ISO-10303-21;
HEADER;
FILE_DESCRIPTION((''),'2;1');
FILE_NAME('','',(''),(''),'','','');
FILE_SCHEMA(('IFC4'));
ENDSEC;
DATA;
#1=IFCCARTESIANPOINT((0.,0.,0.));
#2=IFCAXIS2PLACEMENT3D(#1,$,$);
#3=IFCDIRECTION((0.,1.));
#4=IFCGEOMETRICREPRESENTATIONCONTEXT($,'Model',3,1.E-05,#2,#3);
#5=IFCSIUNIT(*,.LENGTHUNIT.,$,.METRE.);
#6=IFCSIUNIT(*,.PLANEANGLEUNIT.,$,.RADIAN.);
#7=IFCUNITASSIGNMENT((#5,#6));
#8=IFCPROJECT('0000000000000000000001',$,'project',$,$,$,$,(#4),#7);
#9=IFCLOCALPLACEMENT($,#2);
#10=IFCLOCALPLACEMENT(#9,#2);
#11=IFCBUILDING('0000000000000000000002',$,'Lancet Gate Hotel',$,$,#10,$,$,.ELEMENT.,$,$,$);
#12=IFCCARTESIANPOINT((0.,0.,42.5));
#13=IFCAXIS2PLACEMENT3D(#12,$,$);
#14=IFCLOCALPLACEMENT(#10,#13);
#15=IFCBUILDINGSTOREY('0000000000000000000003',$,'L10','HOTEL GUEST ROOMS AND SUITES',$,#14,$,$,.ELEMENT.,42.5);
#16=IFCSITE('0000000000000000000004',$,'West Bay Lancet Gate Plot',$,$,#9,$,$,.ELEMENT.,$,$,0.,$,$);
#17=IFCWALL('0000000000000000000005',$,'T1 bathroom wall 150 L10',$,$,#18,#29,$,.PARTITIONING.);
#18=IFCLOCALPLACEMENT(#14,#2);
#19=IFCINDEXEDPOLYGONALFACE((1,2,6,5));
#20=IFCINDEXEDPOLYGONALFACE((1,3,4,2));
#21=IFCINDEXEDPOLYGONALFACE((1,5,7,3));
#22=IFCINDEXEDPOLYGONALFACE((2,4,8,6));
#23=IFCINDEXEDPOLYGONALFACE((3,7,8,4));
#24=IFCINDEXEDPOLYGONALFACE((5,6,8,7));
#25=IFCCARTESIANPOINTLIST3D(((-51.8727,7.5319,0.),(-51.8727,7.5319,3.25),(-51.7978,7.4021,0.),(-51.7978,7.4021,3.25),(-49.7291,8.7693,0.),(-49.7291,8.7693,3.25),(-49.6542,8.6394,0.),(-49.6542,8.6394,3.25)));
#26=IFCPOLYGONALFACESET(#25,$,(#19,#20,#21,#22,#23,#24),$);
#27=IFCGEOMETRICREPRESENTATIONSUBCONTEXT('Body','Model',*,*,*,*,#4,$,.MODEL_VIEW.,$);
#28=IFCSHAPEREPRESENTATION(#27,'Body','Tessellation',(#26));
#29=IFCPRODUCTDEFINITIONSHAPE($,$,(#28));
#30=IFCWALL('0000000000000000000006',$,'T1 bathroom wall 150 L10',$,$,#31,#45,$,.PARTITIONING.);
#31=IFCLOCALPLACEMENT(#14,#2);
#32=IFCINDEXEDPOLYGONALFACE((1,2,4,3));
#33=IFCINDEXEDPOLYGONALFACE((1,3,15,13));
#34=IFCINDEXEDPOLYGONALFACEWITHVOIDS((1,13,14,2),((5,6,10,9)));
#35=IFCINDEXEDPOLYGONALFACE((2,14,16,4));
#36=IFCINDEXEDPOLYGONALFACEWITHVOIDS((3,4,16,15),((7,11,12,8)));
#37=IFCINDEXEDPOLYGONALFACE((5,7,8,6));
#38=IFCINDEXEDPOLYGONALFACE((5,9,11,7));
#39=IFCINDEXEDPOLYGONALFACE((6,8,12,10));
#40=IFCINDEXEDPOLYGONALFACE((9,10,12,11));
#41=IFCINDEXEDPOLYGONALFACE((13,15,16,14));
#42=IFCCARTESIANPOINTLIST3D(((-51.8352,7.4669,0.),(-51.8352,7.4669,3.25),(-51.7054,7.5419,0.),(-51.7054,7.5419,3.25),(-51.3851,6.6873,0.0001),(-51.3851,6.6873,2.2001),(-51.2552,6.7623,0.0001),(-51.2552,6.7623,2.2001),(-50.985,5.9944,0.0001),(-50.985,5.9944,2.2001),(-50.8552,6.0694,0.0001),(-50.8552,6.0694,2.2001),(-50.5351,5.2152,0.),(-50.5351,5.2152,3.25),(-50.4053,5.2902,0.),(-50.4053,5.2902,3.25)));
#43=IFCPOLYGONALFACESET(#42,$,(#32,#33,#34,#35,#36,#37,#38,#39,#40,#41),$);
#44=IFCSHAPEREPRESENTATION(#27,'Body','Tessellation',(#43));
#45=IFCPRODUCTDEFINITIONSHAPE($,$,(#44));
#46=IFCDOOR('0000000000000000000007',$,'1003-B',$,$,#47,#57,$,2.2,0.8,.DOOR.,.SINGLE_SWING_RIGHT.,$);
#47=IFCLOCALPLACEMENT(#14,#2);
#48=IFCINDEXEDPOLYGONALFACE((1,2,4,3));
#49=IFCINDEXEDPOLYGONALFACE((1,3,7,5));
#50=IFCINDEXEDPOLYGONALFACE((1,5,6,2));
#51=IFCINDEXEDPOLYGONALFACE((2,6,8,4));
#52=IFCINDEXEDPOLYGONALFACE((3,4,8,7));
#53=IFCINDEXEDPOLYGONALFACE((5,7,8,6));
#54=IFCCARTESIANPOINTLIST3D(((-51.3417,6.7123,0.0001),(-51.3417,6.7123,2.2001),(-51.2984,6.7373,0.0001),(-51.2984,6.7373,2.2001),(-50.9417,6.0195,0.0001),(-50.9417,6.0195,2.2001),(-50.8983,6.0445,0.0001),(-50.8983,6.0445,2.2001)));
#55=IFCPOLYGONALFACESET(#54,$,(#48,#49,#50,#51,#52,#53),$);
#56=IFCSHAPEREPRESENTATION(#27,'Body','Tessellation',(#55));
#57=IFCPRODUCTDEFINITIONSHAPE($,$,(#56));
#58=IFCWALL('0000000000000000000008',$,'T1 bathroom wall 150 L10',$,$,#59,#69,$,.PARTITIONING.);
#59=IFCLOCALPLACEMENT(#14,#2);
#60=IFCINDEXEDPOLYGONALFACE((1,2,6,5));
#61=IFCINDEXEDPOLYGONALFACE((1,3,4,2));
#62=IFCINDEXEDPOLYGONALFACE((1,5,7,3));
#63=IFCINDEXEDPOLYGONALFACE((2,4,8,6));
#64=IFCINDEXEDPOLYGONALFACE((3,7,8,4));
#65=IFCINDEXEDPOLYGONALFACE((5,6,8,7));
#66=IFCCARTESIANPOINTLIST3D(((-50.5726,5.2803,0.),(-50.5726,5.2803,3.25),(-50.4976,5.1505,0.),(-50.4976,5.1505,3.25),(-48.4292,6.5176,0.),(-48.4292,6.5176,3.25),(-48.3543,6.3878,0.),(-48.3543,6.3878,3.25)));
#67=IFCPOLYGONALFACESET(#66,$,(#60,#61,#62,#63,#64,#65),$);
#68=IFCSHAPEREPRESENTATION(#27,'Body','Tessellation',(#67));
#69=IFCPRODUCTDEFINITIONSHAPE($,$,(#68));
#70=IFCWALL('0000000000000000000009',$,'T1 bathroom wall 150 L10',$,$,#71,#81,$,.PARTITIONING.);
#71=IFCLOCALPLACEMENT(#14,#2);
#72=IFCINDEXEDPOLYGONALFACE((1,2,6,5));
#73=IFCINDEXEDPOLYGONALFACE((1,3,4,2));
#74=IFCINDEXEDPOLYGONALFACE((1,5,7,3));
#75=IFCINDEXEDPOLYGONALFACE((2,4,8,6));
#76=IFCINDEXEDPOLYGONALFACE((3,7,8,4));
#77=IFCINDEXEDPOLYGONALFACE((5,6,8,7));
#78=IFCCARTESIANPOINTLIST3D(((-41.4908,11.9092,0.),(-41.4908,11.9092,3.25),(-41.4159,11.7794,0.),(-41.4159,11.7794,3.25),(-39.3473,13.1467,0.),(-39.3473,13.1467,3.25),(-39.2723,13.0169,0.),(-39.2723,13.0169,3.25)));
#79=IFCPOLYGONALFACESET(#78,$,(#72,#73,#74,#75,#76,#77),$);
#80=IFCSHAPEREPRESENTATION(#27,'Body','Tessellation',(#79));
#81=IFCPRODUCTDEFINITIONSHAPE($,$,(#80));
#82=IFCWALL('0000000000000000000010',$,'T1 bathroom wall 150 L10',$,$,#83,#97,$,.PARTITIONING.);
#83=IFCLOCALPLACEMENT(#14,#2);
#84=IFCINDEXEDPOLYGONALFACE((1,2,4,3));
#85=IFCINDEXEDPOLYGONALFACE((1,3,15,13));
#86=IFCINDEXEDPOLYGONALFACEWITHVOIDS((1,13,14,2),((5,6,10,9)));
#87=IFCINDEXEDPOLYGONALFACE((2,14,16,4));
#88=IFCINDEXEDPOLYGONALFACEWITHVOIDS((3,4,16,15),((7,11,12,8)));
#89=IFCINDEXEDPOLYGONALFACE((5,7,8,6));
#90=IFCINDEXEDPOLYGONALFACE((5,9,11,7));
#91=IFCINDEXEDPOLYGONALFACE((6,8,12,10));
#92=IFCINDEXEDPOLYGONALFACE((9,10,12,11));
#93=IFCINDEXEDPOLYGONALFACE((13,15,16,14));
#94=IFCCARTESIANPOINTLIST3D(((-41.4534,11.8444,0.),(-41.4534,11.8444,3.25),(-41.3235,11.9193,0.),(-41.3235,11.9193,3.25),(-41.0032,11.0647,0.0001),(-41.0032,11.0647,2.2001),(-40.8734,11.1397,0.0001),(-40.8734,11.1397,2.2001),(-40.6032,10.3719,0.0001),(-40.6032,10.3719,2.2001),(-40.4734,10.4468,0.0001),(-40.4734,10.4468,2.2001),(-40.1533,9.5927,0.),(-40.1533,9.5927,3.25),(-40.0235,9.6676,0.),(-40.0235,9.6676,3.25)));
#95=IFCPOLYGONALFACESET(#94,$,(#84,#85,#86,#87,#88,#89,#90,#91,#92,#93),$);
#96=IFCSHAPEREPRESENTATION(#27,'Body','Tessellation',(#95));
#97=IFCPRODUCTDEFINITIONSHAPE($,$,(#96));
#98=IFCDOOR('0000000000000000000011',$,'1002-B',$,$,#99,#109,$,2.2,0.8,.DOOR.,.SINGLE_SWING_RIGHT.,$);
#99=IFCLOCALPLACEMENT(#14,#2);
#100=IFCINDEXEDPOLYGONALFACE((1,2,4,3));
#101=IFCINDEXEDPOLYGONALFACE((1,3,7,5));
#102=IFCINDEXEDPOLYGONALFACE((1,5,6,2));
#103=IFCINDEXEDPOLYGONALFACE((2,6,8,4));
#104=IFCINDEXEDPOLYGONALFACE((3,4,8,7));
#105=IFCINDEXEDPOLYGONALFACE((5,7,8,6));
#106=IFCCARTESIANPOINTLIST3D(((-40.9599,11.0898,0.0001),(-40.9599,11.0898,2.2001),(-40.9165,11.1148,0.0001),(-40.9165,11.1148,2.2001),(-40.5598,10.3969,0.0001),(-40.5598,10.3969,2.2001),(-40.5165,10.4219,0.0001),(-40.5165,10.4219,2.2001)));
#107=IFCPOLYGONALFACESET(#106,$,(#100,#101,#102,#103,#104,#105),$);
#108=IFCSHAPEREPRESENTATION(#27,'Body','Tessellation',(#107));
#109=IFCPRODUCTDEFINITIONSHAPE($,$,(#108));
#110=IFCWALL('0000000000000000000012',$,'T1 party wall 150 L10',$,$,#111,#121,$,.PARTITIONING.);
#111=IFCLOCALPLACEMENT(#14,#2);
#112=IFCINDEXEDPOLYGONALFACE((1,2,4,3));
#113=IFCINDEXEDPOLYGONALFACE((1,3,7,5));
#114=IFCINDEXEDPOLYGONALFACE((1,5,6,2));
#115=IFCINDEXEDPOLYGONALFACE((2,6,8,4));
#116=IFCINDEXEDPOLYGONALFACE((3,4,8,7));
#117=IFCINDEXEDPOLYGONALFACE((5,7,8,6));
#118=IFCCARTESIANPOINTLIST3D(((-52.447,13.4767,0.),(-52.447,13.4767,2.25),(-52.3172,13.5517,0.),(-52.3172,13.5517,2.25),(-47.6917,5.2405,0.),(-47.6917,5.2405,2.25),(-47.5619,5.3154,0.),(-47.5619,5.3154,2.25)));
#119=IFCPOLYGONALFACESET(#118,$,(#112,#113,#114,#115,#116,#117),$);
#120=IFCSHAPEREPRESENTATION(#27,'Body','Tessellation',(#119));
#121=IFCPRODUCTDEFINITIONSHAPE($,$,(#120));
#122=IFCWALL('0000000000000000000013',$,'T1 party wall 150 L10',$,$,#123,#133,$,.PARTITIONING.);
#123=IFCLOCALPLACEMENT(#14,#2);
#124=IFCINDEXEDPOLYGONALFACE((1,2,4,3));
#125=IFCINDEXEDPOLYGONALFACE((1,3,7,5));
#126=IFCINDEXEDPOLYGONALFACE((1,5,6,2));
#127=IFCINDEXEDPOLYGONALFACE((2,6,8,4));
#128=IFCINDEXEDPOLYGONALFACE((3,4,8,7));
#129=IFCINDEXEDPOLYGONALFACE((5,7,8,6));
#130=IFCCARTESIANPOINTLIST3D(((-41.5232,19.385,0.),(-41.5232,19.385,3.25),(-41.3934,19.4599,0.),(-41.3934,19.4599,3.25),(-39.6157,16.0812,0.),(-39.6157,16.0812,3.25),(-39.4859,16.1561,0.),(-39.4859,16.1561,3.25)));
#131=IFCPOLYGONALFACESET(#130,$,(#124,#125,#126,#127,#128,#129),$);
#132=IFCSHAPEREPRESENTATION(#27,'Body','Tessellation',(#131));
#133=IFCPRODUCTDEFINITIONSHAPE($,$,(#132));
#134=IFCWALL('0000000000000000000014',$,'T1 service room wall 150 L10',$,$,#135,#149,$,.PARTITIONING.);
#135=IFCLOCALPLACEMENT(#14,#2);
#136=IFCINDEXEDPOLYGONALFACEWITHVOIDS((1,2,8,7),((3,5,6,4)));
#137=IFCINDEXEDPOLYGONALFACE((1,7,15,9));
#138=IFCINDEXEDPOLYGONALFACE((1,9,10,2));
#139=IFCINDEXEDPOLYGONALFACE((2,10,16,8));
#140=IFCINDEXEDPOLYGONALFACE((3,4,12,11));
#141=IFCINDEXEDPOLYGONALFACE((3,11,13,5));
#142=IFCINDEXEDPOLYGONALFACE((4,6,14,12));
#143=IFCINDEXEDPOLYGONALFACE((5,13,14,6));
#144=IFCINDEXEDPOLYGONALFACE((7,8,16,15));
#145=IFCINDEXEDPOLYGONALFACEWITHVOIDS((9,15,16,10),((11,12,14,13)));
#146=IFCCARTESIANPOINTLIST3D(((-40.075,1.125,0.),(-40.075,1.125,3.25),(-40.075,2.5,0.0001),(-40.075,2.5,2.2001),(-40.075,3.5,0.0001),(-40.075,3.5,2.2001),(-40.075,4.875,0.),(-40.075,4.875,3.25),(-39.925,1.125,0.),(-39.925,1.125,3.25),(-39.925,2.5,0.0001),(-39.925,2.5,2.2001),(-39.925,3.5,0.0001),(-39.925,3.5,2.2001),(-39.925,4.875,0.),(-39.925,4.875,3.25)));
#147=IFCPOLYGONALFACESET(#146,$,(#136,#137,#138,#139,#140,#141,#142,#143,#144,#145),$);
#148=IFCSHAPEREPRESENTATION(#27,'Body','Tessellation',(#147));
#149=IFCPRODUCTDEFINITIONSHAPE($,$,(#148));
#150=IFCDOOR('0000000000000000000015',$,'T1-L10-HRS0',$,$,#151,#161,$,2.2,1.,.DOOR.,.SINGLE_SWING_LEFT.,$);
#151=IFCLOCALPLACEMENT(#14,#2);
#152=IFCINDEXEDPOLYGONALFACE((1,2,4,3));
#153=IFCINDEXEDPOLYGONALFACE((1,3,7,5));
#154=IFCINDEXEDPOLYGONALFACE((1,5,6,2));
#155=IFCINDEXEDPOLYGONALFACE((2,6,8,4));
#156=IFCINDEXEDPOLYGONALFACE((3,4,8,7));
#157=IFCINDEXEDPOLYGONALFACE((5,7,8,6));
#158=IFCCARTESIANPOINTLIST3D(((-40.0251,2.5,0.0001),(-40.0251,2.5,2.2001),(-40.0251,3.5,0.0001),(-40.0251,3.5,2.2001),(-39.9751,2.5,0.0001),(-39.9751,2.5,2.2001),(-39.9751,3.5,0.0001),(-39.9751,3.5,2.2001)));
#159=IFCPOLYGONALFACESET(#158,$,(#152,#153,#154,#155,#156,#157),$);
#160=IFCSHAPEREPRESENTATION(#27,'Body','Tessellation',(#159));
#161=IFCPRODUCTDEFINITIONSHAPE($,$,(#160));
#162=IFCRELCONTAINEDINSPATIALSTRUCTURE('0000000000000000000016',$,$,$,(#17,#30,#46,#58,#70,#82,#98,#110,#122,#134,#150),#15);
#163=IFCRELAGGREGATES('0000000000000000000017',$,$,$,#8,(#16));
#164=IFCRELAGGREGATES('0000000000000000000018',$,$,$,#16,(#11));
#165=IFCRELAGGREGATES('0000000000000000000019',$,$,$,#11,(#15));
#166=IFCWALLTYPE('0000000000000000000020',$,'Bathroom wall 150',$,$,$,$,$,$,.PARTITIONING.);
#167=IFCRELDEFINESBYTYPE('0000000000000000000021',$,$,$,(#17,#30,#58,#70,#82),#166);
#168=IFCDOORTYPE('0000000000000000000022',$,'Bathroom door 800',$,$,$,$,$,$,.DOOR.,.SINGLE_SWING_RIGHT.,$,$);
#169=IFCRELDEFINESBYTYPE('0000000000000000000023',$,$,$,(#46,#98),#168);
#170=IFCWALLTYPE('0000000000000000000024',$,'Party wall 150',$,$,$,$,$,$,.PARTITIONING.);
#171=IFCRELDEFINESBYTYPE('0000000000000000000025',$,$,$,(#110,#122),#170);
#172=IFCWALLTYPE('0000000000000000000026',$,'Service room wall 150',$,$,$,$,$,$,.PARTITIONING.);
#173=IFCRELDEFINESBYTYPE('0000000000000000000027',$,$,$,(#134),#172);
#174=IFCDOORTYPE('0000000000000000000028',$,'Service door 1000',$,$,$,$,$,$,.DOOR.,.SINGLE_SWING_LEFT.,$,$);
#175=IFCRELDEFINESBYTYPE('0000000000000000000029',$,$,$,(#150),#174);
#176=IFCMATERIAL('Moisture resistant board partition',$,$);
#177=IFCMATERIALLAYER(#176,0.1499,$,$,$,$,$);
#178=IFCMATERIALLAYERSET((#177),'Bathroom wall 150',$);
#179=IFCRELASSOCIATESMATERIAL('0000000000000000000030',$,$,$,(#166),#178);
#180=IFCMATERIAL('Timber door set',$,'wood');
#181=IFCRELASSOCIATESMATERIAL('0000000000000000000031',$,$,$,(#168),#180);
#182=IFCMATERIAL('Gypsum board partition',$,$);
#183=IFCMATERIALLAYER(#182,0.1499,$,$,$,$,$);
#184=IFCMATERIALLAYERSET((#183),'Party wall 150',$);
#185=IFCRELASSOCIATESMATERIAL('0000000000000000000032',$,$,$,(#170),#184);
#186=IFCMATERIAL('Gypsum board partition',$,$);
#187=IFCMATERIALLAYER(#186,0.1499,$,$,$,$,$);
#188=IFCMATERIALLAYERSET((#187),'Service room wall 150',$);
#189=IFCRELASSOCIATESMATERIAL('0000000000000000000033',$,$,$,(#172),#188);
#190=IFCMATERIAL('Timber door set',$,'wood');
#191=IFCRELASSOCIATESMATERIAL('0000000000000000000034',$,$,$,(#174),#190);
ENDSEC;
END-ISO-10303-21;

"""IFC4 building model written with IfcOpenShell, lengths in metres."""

from ifc_helpers import new_model, si_unit, direction, frame, frame_2d, origin, place, context, subcontext, project, spatial, rectangle, extrude, material, layer, layer_set, type_object, element, fill, save


model = new_model("IFC4")

# Units and contexts
model_context = context("Model", 3, precision=1e-05, world=origin(), true_north=direction((0.0, 1.0)))
body_context = subcontext(model_context, "Body", "Model", "MODEL_VIEW")
ifc_project = project(units=[si_unit("LENGTHUNIT", "METRE"), si_unit("PLANEANGLEUNIT", "RADIAN")], contexts=[model_context])

# Site, building, storey
site_placement = place(None, origin())
site = spatial("IfcSite", under=ifc_project, at=site_placement, Name="West Bay Lancet Gate Plot", CompositionType="ELEMENT", RefElevation=0.0)
building_placement = place(site_placement, origin())
building = spatial("IfcBuilding", under=site, at=building_placement, Name="Lancet Gate Hotel", CompositionType="ELEMENT")
storey_placement = place(building_placement, frame((0.0, 0.0, 42.5)))
storey = spatial("IfcBuildingStorey", under=building, at=storey_placement, Name="L10", Description="HOTEL GUEST ROOMS AND SUITES", CompositionType="ELEMENT", Elevation=42.5)

# Wall
ifc_material_1 = material(Name="Moisture resistant board partition")
ifc_layer_1 = layer(ifc_material_1, 0.1499)
ifc_layer_set_1 = layer_set([ifc_layer_1], Name="Bathroom wall 150")
wall_type_1 = type_object("IfcWallType", Name="Bathroom wall 150", PredefinedType="PARTITIONING", material=ifc_layer_set_1)
wall_1_placement = place(storey_placement, frame((-49.6917, 8.7043, 0.0), z_axis=(0.0, 0.0, 1.0), x_axis=(-0.866074, -0.499916, 0.0)))
element("IfcWall", 1, at=wall_1_placement, inside=storey, type_object=wall_type_1, Name="T1 bathroom wall 150 L10", PredefinedType="PARTITIONING", context=body_context, shape_type="SweptSolid", body=[
    extrude(rectangle(XDim=2.4751, YDim=0.1499, at=frame_2d((1.2375, 0.0))), origin(), (0.0, 0.0, 1.0), 3.25),
])

# Wall, opening, door
wall_2_placement = place(storey_placement, frame((-50.4702, 5.2527, 0.0), z_axis=(0.0, 0.0, 1.0), x_axis=(-0.500007, 0.866021, 0.0)))
wall_2 = element("IfcWall", 2, at=wall_2_placement, inside=storey, type_object=wall_type_1, Name="T1 bathroom wall 150 L10", PredefinedType="PARTITIONING", context=body_context, shape_type="SweptSolid", body=[
    extrude(rectangle(XDim=2.6001, YDim=0.1499, at=frame_2d((1.3, 0.0))), origin(), (0.0, 0.0, 1.0), 3.25),
])
opening_1_placement = place(wall_2_placement, frame((0.8999, 0.0, 0.0)))
opening_1 = element("IfcOpeningElement", 3, at=opening_1_placement, cuts=wall_2, PredefinedType="OPENING", context=body_context, shape_type="SweptSolid", body=[
    extrude(rectangle(XDim=0.8, YDim=2.2, at=frame_2d((0.3999, 1.1001))), frame((0.0, 0.085, 0.0), z_axis=(0.0, -1.0, 0.0), x_axis=(1.0, 0.0, 0.0)), (0.0, 0.0, 1.0), 0.1699),
])
ifc_material_2 = material(Name="Timber door set", Category="wood")
door_type_1 = type_object("IfcDoorType", Name="Bathroom door 800", OperationType="SINGLE_SWING_RIGHT", PredefinedType="DOOR", material=ifc_material_2)
door_1_placement = place(opening_1_placement, origin())
door_1 = element("IfcDoor", 4, at=door_1_placement, inside=storey, type_object=door_type_1, Name="1003-B", OperationType="SINGLE_SWING_RIGHT", OverallHeight=2.2, OverallWidth=0.8, PredefinedType="DOOR", context=body_context, shape_type="SweptSolid", body=[
    extrude(rectangle(XDim=0.8, YDim=2.2, at=frame_2d((0.3999, 1.1001))), frame((0.0, 0.0249, 0.0), z_axis=(0.0, -1.0, 0.0), x_axis=(1.0, 0.0, 0.0)), (0.0, 0.0, 1.0), 0.05),
])
fill(opening_1, door_1)

# Walls
wall_3_placement = place(storey_placement, frame((-48.3918, 6.4526, 0.0), z_axis=(0.0, 0.0, 1.0), x_axis=(-0.866049, -0.499959, 0.0)))
element("IfcWall", 5, at=wall_3_placement, inside=storey, type_object=wall_type_1, Name="T1 bathroom wall 150 L10", PredefinedType="PARTITIONING", context=body_context, shape_type="SweptSolid", body=[
    extrude(rectangle(XDim=2.4749, YDim=0.1499, at=frame_2d((1.2373, 0.0))), origin(), (0.0, 0.0, 1.0), 3.25),
])
wall_4_placement = place(storey_placement, frame((-39.3098, 13.0818, 0.0), z_axis=(0.0, 0.0, 1.0), x_axis=(-0.866031, -0.49999, 0.0)))
element("IfcWall", 6, at=wall_4_placement, inside=storey, type_object=wall_type_1, Name="T1 bathroom wall 150 L10", PredefinedType="PARTITIONING", context=body_context, shape_type="SweptSolid", body=[
    extrude(rectangle(XDim=2.4751, YDim=0.1499, at=frame_2d((1.2375, 0.0))), origin(), (0.0, 0.0, 1.0), 3.25),
])

# Wall, opening, door
wall_5_placement = place(storey_placement, frame((-40.0884, 9.6301, 0.0), z_axis=(0.0, 0.0, 1.0), x_axis=(-0.500007, 0.866021, 0.0)))
wall_5 = element("IfcWall", 7, at=wall_5_placement, inside=storey, type_object=wall_type_1, Name="T1 bathroom wall 150 L10", PredefinedType="PARTITIONING", context=body_context, shape_type="SweptSolid", body=[
    extrude(rectangle(XDim=2.6001, YDim=0.1499, at=frame_2d((1.3, 0.0))), origin(), (0.0, 0.0, 1.0), 3.25),
])
opening_2_placement = place(wall_5_placement, frame((0.8999, 0.0, 0.0)))
opening_2 = element("IfcOpeningElement", 8, at=opening_2_placement, cuts=wall_5, PredefinedType="OPENING", context=body_context, shape_type="SweptSolid", body=[
    extrude(rectangle(XDim=0.8, YDim=2.2, at=frame_2d((0.3999, 1.1001))), frame((0.0, 0.085, 0.0), z_axis=(0.0, -1.0, 0.0), x_axis=(1.0, 0.0, 0.0)), (0.0, 0.0, 1.0), 0.1699),
])
door_2_placement = place(opening_2_placement, origin())
door_2 = element("IfcDoor", 9, at=door_2_placement, inside=storey, type_object=door_type_1, Name="1002-B", OperationType="SINGLE_SWING_RIGHT", OverallHeight=2.2, OverallWidth=0.8, PredefinedType="DOOR", context=body_context, shape_type="SweptSolid", body=[
    extrude(rectangle(XDim=0.8, YDim=2.2, at=frame_2d((0.3999, 1.1001))), frame((0.0, 0.0249, 0.0), z_axis=(0.0, -1.0, 0.0), x_axis=(1.0, 0.0, 0.0)), (0.0, 0.0, 1.0), 0.05),
])
fill(opening_2, door_2)

# Walls
ifc_material_3 = material(Name="Gypsum board partition")
ifc_layer_2 = layer(ifc_material_3, 0.1499)
ifc_layer_set_2 = layer_set([ifc_layer_2], Name="Party wall 150")
wall_type_2 = type_object("IfcWallType", Name="Party wall 150", PredefinedType="PARTITIONING", material=ifc_layer_set_2)
wall_6_placement = place(storey_placement, frame((-47.6267, 5.2778, 0.0), z_axis=(0.0, 0.0, 1.0), x_axis=(-0.50001, 0.86602, 0.0)))
element("IfcWall", 10, at=wall_6_placement, inside=storey, type_object=wall_type_2, Name="T1 party wall 150 L10", PredefinedType="PARTITIONING", context=body_context, shape_type="SweptSolid", body=[
    extrude(rectangle(XDim=9.5105, YDim=0.1499, at=frame_2d((4.7554, 0.0))), origin(), (0.0, 0.0, 1.0), 2.25),
])
wall_7_placement = place(storey_placement, frame((-39.5508, 16.1187, 0.0), z_axis=(0.0, 0.0, 1.0), x_axis=(-0.500014, 0.866017, 0.0)))
element("IfcWall", 11, at=wall_7_placement, inside=storey, type_object=wall_type_2, Name="T1 party wall 150 L10", PredefinedType="PARTITIONING", context=body_context, shape_type="SweptSolid", body=[
    extrude(rectangle(XDim=3.8149, YDim=0.1499, at=frame_2d((1.9075, 0.0))), origin(), (0.0, 0.0, 1.0), 3.25),
])

# Wall, opening, door
ifc_material_4 = material(Name="Gypsum board partition")
ifc_layer_3 = layer(ifc_material_4, 0.1499)
ifc_layer_set_3 = layer_set([ifc_layer_3], Name="Service room wall 150")
wall_type_3 = type_object("IfcWallType", Name="Service room wall 150", PredefinedType="PARTITIONING", material=ifc_layer_set_3)
wall_8_placement = place(storey_placement, frame((-40.0, 4.875, 0.0), z_axis=(0.0, 0.0, 1.0), x_axis=(0.0, -1.0, 0.0)))
wall_8 = element("IfcWall", 12, at=wall_8_placement, inside=storey, type_object=wall_type_3, Name="T1 service room wall 150 L10", PredefinedType="PARTITIONING", context=body_context, shape_type="SweptSolid", body=[
    extrude(rectangle(XDim=3.75, YDim=0.1499, at=frame_2d((1.875, 0.0))), origin(), (0.0, 0.0, 1.0), 3.25),
])
opening_3_placement = place(wall_8_placement, frame((1.375, 0.0, 0.0)))
opening_3 = element("IfcOpeningElement", 13, at=opening_3_placement, cuts=wall_8, PredefinedType="OPENING", context=body_context, shape_type="SweptSolid", body=[
    extrude(rectangle(XDim=1.0, YDim=2.2, at=frame_2d((0.5, 1.1001))), frame((0.0, 0.085, 0.0), z_axis=(0.0, -1.0, 0.0), x_axis=(1.0, 0.0, 0.0)), (0.0, 0.0, 1.0), 0.1699),
])
ifc_material_5 = material(Name="Timber door set", Category="wood")
door_type_2 = type_object("IfcDoorType", Name="Service door 1000", OperationType="SINGLE_SWING_LEFT", PredefinedType="DOOR", material=ifc_material_5)
door_3_placement = place(opening_3_placement, origin())
door_3 = element("IfcDoor", 14, at=door_3_placement, inside=storey, type_object=door_type_2, Name="T1-L10-HRS0", OperationType="SINGLE_SWING_LEFT", OverallHeight=2.2, OverallWidth=1.0, PredefinedType="DOOR", context=body_context, shape_type="SweptSolid", body=[
    extrude(rectangle(XDim=1.0, YDim=2.2, at=frame_2d((0.5, 1.1001))), frame((0.0, 0.0249, 0.0), z_axis=(0.0, -1.0, 0.0), x_axis=(1.0, 0.0, 0.0)), (0.0, 0.0, 1.0), 0.05),
])
fill(opening_3, door_3)

save(model, "model.ifc")
